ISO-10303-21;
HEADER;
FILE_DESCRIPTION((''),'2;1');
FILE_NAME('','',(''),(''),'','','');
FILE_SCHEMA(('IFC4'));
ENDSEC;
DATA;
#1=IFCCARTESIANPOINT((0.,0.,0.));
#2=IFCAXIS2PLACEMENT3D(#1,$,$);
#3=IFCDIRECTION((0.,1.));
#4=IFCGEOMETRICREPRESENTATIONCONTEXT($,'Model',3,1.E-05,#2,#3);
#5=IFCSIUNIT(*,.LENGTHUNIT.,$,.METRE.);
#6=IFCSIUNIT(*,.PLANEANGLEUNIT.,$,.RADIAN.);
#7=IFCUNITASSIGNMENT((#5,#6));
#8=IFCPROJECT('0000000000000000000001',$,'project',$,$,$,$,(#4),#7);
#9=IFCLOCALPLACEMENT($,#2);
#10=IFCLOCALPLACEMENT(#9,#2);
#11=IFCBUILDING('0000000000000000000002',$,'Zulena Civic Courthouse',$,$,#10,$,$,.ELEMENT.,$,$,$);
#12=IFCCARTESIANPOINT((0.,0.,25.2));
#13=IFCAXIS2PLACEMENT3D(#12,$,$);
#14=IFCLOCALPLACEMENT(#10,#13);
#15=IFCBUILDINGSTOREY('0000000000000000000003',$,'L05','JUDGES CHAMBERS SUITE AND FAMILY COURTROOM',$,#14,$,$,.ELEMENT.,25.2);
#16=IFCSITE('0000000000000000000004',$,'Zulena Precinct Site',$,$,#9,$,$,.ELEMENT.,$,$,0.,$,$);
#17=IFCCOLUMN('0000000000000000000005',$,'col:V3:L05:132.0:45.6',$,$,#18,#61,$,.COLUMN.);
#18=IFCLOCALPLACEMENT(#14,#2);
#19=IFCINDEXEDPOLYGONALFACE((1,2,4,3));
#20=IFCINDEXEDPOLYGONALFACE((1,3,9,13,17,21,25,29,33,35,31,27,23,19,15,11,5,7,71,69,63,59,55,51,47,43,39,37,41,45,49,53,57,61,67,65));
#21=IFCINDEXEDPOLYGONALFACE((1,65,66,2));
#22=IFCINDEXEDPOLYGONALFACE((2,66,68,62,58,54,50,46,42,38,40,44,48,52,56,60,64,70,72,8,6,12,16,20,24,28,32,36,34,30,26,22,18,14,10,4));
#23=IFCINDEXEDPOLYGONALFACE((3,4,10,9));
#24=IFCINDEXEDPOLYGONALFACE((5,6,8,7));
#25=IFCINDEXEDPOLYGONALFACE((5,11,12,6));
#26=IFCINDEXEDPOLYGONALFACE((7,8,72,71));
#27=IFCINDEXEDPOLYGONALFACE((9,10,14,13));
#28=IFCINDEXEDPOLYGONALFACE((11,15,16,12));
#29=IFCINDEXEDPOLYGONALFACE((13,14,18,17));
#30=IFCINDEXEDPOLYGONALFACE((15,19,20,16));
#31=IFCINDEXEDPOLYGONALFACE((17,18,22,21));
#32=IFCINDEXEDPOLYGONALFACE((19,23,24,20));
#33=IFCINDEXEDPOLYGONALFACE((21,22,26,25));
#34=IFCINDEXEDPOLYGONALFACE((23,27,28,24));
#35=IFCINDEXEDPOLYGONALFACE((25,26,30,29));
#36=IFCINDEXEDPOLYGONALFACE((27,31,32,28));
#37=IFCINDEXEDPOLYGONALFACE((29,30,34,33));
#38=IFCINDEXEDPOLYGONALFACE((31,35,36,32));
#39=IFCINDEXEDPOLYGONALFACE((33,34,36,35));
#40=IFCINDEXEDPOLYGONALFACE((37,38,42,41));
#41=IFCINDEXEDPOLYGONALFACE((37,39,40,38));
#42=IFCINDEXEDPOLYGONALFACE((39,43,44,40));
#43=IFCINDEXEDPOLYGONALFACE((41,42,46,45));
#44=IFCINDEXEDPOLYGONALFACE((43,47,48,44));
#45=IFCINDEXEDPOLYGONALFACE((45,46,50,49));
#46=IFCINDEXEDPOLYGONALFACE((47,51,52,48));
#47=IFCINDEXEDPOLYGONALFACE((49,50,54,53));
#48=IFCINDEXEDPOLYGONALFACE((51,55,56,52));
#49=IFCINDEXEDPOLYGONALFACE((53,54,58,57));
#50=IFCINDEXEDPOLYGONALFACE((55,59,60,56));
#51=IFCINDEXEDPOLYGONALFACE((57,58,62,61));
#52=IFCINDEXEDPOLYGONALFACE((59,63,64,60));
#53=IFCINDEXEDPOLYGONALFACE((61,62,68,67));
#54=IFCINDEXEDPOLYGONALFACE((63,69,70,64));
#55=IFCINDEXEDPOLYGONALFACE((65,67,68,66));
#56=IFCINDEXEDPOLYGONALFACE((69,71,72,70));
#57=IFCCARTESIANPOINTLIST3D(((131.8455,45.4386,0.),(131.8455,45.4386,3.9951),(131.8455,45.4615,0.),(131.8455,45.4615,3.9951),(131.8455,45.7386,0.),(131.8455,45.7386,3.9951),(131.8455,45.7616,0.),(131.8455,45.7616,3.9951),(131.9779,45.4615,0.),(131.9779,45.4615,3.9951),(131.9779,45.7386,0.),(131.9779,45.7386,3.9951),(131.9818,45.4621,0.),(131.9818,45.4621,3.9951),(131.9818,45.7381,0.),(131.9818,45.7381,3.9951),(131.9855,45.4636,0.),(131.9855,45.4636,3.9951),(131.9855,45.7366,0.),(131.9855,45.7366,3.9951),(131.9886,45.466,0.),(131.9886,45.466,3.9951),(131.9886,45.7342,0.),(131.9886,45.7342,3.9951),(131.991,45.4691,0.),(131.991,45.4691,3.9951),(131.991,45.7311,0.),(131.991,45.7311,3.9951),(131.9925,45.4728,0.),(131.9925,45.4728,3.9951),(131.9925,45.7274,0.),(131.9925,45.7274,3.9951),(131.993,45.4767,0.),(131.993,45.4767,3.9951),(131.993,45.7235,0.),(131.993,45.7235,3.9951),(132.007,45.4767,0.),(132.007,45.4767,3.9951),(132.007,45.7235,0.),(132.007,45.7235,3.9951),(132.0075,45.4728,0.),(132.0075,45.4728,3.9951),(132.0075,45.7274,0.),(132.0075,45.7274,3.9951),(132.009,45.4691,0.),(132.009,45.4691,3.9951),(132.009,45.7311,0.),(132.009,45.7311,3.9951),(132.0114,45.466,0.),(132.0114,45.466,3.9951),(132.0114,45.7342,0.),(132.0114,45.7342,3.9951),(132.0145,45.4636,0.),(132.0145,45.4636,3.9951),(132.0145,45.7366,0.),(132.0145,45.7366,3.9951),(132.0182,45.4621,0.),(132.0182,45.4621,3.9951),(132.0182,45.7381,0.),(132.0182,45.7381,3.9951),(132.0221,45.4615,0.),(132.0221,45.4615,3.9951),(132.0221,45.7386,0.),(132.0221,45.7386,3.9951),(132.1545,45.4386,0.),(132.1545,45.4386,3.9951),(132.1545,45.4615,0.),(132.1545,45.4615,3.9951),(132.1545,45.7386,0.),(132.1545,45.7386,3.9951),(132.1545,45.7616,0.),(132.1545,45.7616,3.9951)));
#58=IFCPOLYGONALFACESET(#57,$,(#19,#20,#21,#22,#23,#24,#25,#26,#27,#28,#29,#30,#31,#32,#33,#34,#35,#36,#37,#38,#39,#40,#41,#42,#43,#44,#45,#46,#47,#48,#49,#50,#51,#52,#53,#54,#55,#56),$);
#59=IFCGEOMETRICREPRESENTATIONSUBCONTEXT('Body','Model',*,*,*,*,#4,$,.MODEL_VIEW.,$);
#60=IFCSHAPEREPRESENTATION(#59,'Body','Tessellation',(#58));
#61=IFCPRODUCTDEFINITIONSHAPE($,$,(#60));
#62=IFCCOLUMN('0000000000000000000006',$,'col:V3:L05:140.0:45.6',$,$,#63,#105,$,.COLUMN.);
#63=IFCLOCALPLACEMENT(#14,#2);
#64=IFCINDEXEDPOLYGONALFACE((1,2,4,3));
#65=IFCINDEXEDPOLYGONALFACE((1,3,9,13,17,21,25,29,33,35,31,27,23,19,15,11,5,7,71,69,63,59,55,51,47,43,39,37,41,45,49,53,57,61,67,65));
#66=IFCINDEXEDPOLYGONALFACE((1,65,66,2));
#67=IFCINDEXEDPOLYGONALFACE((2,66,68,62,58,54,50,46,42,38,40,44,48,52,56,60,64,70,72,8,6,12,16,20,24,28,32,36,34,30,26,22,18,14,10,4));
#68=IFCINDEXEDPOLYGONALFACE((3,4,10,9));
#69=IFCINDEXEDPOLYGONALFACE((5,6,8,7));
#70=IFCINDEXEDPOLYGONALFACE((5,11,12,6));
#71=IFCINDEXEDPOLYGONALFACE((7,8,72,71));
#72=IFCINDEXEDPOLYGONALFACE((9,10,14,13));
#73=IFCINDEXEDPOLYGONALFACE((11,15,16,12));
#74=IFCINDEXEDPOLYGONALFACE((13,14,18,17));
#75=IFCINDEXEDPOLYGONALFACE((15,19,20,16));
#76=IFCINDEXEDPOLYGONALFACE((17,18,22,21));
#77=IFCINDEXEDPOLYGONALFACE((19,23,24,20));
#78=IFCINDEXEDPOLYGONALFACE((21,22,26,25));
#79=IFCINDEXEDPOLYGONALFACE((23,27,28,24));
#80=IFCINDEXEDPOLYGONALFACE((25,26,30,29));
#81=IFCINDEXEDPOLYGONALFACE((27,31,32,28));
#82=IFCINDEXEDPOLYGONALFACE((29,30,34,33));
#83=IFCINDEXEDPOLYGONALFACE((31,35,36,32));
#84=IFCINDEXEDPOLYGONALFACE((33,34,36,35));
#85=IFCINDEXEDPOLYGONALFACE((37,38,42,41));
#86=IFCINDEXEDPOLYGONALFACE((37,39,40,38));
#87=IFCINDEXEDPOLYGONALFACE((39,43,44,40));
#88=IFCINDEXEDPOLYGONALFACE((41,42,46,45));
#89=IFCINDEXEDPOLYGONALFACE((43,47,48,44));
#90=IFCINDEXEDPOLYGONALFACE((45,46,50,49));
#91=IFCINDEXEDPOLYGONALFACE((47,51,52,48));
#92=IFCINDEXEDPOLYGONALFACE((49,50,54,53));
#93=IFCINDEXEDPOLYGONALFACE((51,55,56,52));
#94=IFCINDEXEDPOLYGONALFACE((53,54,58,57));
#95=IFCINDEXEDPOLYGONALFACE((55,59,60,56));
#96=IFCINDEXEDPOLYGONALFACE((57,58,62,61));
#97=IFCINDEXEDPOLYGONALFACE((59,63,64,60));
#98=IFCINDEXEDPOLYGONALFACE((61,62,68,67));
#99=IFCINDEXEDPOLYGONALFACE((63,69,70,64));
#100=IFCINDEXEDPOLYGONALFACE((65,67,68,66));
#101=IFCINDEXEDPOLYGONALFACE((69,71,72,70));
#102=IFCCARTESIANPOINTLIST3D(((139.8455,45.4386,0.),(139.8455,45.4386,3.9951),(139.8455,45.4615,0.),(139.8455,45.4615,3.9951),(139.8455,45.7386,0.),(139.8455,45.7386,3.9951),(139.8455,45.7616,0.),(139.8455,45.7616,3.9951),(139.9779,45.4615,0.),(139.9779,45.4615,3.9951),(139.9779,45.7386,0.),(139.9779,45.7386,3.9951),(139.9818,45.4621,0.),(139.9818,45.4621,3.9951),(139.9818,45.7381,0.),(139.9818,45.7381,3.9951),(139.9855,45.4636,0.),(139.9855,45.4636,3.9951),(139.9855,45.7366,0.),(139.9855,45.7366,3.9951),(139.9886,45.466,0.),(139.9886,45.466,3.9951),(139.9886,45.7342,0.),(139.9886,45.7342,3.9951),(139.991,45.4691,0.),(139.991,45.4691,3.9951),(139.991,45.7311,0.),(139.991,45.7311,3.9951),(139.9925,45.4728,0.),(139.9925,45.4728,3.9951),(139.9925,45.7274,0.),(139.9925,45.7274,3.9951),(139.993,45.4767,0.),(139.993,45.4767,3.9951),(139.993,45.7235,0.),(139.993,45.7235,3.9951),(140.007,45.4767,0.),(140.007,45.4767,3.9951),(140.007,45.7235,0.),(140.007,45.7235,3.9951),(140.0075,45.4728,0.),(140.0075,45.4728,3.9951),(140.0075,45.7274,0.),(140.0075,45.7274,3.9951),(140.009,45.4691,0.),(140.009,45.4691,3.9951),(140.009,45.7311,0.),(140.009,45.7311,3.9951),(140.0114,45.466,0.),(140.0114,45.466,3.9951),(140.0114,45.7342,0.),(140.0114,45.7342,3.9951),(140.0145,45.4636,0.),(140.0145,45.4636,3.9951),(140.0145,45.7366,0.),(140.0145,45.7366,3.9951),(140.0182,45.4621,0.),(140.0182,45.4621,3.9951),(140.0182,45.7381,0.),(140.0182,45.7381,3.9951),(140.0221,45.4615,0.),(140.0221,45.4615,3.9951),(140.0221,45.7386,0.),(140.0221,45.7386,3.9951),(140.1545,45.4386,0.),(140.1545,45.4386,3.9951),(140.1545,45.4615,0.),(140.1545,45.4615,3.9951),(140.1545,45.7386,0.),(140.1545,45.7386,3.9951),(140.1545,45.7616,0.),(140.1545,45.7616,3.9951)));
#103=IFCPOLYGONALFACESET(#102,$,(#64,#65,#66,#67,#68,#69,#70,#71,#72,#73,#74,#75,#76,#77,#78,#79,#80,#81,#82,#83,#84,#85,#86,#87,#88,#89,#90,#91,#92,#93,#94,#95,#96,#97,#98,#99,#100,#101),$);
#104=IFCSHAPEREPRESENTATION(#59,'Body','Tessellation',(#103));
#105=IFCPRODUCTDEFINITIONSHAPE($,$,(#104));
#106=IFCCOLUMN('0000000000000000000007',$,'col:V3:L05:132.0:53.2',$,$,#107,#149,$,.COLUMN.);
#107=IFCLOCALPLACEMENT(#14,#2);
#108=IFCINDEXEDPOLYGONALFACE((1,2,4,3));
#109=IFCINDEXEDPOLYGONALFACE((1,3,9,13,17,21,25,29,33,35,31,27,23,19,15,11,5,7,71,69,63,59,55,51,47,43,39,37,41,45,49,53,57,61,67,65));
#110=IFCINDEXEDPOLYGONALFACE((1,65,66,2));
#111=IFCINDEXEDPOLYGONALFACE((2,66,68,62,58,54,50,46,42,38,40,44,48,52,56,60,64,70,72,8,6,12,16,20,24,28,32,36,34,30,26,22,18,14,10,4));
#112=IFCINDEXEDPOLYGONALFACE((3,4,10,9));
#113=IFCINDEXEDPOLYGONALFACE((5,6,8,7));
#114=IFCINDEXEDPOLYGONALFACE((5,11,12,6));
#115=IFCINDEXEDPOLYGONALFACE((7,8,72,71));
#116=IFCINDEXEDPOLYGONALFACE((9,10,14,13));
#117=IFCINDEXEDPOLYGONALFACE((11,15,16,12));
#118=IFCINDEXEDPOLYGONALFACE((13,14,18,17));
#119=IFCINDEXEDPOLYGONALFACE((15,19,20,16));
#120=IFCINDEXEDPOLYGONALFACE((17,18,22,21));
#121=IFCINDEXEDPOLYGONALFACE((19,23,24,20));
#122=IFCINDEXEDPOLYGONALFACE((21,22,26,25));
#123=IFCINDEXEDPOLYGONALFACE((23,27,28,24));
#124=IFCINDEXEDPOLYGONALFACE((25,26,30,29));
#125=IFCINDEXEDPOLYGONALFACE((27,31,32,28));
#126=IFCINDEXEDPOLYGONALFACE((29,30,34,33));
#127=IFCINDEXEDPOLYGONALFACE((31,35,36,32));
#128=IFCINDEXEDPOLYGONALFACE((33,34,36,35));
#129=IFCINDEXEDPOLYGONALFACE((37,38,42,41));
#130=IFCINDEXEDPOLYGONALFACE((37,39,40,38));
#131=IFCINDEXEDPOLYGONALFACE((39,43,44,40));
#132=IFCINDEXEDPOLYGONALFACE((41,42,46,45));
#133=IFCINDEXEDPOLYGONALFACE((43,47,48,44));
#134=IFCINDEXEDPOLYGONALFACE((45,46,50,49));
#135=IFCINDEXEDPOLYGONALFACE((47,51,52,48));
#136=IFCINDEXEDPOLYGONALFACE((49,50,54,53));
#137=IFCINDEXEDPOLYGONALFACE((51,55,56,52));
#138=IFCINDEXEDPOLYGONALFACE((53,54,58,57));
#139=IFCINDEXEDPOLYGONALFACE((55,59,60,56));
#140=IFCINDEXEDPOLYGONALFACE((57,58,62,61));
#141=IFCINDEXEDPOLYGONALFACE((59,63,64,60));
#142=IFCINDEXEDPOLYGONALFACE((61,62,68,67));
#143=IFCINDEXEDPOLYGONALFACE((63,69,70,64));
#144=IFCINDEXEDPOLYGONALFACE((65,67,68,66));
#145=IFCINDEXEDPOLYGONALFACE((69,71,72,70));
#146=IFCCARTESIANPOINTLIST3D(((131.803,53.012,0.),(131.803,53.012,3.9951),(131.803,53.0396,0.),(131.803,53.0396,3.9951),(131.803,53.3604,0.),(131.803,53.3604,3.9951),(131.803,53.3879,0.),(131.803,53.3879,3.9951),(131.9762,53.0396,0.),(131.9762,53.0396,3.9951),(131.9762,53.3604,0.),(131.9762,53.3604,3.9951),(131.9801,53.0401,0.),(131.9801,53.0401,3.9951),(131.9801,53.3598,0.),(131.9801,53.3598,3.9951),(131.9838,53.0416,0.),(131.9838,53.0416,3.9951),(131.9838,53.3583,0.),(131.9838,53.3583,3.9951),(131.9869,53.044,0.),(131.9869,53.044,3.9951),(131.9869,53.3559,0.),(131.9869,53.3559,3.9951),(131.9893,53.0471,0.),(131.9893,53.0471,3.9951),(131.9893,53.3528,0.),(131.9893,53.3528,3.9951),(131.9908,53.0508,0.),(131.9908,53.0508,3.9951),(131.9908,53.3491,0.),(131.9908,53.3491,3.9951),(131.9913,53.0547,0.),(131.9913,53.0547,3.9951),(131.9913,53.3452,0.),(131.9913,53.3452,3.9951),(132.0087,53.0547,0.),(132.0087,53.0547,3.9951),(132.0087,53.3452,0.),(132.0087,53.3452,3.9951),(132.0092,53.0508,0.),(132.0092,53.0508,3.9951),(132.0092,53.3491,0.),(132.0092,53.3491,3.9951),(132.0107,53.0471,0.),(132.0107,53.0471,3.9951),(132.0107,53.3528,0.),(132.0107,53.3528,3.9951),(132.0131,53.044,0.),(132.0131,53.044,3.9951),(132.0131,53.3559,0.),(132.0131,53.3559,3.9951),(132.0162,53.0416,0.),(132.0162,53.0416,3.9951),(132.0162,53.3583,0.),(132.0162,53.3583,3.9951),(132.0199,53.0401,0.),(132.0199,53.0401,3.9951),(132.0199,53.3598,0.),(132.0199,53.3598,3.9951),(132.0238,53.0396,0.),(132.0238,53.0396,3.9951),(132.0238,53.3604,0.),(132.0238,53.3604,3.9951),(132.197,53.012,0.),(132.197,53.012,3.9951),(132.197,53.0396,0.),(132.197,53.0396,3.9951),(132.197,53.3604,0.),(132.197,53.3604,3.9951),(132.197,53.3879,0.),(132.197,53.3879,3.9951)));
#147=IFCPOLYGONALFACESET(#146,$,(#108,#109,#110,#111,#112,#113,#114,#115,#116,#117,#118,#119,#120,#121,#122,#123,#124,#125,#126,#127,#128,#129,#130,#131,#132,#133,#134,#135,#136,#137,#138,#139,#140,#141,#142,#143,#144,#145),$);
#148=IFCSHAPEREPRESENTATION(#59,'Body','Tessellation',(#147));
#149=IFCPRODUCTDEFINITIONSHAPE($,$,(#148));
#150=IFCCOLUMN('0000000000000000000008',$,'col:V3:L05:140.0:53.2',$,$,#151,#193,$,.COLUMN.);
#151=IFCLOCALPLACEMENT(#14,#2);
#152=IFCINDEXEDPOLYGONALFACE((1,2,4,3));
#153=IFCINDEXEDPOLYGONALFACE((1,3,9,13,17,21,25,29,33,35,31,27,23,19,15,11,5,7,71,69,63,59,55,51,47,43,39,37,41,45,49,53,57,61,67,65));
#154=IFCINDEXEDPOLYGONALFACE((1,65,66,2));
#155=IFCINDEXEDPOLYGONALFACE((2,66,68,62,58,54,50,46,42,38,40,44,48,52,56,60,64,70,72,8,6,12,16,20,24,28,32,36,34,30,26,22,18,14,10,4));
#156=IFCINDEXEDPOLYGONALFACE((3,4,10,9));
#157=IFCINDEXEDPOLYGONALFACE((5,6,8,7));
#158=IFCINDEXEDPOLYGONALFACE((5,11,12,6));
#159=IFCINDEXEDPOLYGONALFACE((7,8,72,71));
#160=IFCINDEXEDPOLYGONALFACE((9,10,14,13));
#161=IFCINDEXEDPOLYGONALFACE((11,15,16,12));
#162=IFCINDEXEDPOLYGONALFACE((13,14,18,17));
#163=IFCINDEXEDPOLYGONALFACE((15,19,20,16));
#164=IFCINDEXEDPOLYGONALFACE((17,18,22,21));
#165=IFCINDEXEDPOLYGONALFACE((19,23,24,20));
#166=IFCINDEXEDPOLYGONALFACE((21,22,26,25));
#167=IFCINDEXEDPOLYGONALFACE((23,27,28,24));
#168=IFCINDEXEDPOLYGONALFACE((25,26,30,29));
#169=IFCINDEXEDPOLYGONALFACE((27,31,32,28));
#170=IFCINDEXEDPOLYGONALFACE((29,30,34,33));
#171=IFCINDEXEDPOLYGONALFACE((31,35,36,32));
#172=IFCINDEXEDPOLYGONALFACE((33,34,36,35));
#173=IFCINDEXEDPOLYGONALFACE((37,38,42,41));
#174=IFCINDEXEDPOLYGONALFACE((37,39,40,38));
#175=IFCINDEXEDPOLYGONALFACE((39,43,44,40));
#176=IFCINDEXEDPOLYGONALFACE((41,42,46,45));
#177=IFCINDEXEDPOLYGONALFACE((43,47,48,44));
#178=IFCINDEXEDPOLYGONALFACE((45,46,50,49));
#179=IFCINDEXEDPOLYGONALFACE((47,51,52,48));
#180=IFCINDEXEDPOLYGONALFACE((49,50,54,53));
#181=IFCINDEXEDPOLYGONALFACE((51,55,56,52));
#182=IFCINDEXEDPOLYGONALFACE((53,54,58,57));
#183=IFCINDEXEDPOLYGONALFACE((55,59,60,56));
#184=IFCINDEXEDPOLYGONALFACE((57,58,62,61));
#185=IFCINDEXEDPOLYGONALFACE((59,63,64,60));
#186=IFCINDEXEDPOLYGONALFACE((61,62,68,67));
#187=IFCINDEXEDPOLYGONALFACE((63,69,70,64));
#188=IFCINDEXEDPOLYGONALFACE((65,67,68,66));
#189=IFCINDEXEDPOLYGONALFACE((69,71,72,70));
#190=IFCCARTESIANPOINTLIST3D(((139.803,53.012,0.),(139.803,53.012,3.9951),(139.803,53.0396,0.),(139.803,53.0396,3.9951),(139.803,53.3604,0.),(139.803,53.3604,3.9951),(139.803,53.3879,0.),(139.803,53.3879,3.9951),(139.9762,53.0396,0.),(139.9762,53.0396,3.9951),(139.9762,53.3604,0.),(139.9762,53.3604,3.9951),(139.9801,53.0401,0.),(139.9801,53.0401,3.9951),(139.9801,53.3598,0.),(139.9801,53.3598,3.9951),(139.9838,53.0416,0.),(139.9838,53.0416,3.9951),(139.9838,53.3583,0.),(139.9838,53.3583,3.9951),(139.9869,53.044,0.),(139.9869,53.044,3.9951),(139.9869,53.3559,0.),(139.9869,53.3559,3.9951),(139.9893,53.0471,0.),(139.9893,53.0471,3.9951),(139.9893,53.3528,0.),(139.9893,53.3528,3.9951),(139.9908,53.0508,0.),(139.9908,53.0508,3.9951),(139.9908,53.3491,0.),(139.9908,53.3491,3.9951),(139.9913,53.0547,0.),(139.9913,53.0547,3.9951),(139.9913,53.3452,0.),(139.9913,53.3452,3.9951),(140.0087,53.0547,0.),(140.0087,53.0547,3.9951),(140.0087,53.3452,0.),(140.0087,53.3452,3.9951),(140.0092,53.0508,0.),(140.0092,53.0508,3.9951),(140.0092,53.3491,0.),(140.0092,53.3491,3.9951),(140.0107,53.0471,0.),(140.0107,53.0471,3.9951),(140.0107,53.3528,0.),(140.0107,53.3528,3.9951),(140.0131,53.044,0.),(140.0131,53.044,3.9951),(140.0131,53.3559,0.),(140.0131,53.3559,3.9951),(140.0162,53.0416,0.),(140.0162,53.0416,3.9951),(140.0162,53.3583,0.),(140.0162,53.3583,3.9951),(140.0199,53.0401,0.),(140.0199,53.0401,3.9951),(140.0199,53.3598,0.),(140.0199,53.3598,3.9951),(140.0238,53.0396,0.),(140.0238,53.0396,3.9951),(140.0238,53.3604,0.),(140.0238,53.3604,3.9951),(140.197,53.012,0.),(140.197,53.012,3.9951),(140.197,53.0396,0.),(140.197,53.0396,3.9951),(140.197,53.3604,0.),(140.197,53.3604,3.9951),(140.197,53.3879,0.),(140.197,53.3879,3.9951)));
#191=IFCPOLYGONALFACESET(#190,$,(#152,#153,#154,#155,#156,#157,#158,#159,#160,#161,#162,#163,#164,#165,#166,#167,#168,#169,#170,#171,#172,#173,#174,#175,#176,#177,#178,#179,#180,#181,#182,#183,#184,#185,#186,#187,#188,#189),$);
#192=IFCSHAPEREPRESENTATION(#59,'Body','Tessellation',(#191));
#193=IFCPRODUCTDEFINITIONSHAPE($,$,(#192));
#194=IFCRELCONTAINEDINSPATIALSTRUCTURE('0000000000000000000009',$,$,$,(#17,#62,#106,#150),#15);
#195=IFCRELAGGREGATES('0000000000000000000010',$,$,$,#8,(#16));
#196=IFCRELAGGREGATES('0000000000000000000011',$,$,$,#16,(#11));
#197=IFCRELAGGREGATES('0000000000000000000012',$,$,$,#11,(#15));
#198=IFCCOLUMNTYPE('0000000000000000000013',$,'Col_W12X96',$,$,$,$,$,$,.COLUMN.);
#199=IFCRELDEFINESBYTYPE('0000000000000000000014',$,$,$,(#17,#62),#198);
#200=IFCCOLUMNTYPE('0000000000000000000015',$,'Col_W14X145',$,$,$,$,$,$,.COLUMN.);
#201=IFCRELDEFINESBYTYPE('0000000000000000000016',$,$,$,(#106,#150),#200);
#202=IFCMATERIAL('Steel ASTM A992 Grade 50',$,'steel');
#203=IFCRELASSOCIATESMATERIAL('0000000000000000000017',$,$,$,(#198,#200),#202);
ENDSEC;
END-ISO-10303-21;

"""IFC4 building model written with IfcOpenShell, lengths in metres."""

from ifc_helpers import new_model, si_unit, direction, frame, origin, origin_2d, place, context, subcontext, project, spatial, i_section, extrude, material, material_profile, profile_set, type_object, element, save


model = new_model("IFC4")

# Units and contexts
model_context = context("Model", 3, precision=1e-05, world=origin(), true_north=direction((0.0, 1.0)))
body_context = subcontext(model_context, "Body", "Model", "MODEL_VIEW")
ifc_project = project(units=[si_unit("LENGTHUNIT", "METRE"), si_unit("PLANEANGLEUNIT", "RADIAN")], contexts=[model_context])

# Site, building, storey
site_placement = place(None, origin())
site = spatial("IfcSite", under=ifc_project, at=site_placement, Name="Zulena Precinct Site", CompositionType="ELEMENT", RefElevation=0.0)
building_placement = place(site_placement, origin())
building = spatial("IfcBuilding", under=site, at=building_placement, Name="Zulena Civic Courthouse", CompositionType="ELEMENT")
storey_placement = place(building_placement, frame((0.0, 0.0, 25.2)))
storey = spatial("IfcBuildingStorey", under=building, at=storey_placement, Name="L05", Description="JUDGES CHAMBERS SUITE AND FAMILY COURTROOM", CompositionType="ELEMENT", Elevation=25.2)

# Columns
ifc_material_1 = material(Name="Steel ASTM A992 Grade 50", Category="steel")
ifc_material_profile_1 = material_profile(ifc_material_1, i_section(OverallWidth=0.3091, OverallDepth=0.323, WebThickness=0.0139, FlangeThickness=0.0229, FilletRadius=0.0151, at=origin_2d()), Name="W12X96")
ifc_profile_set_1 = profile_set([ifc_material_profile_1], Name="Steel ASTM A992 Grade 50")
column_type_1 = type_object("IfcColumnType", Name="Col_W12X96", PredefinedType="COLUMN", material=ifc_profile_set_1)
for number, where, z_axis, x_axis, name in (
    (1, (132.0, 45.6001, 0.0), (0.0, 0.0, 1.0), (1.0, 0.0, 0.0), "col:V3:L05:132.0:45.6"),
    (2, (140.0, 45.6001, 0.0), (0.0, 0.0, 1.0), (1.0, 0.0, 0.0), "col:V3:L05:140.0:45.6"),
):
    element("IfcColumn", number, at=place(storey_placement, frame(where, z_axis=z_axis, x_axis=x_axis)), inside=storey, type_object=column_type_1, Name=name, PredefinedType="COLUMN", context=body_context, shape_type="SweptSolid", body=[
        extrude(i_section(OverallWidth=0.3091, OverallDepth=0.323, WebThickness=0.0139, FlangeThickness=0.0229, FilletRadius=0.0151, at=origin_2d()), origin(), (0.0, 0.0, 1.0), 3.9951),
    ])
ifc_material_profile_2 = material_profile(ifc_material_1, i_section(OverallWidth=0.394, OverallDepth=0.376, WebThickness=0.0173, FlangeThickness=0.0276, FilletRadius=0.0151, at=origin_2d()), Name="W14X145")
ifc_profile_set_2 = profile_set([ifc_material_profile_2], Name="Steel ASTM A992 Grade 50")
column_type_2 = type_object("IfcColumnType", Name="Col_W14X145", PredefinedType="COLUMN", material=ifc_profile_set_2)
for number, where, z_axis, x_axis, name in (
    (3, (132.0, 53.2, 0.0), (0.0, 0.0, 1.0), (1.0, 0.0, 0.0), "col:V3:L05:132.0:53.2"),
    (4, (140.0, 53.2, 0.0), (0.0, 0.0, 1.0), (1.0, 0.0, 0.0), "col:V3:L05:140.0:53.2"),
):
    element("IfcColumn", number, at=place(storey_placement, frame(where, z_axis=z_axis, x_axis=x_axis)), inside=storey, type_object=column_type_2, Name=name, PredefinedType="COLUMN", context=body_context, shape_type="SweptSolid", body=[
        extrude(i_section(OverallWidth=0.394, OverallDepth=0.376, WebThickness=0.0173, FlangeThickness=0.0276, FilletRadius=0.0151, at=origin_2d()), origin(), (0.0, 0.0, 1.0), 3.9951),
    ])

save(model, "model.ifc")
